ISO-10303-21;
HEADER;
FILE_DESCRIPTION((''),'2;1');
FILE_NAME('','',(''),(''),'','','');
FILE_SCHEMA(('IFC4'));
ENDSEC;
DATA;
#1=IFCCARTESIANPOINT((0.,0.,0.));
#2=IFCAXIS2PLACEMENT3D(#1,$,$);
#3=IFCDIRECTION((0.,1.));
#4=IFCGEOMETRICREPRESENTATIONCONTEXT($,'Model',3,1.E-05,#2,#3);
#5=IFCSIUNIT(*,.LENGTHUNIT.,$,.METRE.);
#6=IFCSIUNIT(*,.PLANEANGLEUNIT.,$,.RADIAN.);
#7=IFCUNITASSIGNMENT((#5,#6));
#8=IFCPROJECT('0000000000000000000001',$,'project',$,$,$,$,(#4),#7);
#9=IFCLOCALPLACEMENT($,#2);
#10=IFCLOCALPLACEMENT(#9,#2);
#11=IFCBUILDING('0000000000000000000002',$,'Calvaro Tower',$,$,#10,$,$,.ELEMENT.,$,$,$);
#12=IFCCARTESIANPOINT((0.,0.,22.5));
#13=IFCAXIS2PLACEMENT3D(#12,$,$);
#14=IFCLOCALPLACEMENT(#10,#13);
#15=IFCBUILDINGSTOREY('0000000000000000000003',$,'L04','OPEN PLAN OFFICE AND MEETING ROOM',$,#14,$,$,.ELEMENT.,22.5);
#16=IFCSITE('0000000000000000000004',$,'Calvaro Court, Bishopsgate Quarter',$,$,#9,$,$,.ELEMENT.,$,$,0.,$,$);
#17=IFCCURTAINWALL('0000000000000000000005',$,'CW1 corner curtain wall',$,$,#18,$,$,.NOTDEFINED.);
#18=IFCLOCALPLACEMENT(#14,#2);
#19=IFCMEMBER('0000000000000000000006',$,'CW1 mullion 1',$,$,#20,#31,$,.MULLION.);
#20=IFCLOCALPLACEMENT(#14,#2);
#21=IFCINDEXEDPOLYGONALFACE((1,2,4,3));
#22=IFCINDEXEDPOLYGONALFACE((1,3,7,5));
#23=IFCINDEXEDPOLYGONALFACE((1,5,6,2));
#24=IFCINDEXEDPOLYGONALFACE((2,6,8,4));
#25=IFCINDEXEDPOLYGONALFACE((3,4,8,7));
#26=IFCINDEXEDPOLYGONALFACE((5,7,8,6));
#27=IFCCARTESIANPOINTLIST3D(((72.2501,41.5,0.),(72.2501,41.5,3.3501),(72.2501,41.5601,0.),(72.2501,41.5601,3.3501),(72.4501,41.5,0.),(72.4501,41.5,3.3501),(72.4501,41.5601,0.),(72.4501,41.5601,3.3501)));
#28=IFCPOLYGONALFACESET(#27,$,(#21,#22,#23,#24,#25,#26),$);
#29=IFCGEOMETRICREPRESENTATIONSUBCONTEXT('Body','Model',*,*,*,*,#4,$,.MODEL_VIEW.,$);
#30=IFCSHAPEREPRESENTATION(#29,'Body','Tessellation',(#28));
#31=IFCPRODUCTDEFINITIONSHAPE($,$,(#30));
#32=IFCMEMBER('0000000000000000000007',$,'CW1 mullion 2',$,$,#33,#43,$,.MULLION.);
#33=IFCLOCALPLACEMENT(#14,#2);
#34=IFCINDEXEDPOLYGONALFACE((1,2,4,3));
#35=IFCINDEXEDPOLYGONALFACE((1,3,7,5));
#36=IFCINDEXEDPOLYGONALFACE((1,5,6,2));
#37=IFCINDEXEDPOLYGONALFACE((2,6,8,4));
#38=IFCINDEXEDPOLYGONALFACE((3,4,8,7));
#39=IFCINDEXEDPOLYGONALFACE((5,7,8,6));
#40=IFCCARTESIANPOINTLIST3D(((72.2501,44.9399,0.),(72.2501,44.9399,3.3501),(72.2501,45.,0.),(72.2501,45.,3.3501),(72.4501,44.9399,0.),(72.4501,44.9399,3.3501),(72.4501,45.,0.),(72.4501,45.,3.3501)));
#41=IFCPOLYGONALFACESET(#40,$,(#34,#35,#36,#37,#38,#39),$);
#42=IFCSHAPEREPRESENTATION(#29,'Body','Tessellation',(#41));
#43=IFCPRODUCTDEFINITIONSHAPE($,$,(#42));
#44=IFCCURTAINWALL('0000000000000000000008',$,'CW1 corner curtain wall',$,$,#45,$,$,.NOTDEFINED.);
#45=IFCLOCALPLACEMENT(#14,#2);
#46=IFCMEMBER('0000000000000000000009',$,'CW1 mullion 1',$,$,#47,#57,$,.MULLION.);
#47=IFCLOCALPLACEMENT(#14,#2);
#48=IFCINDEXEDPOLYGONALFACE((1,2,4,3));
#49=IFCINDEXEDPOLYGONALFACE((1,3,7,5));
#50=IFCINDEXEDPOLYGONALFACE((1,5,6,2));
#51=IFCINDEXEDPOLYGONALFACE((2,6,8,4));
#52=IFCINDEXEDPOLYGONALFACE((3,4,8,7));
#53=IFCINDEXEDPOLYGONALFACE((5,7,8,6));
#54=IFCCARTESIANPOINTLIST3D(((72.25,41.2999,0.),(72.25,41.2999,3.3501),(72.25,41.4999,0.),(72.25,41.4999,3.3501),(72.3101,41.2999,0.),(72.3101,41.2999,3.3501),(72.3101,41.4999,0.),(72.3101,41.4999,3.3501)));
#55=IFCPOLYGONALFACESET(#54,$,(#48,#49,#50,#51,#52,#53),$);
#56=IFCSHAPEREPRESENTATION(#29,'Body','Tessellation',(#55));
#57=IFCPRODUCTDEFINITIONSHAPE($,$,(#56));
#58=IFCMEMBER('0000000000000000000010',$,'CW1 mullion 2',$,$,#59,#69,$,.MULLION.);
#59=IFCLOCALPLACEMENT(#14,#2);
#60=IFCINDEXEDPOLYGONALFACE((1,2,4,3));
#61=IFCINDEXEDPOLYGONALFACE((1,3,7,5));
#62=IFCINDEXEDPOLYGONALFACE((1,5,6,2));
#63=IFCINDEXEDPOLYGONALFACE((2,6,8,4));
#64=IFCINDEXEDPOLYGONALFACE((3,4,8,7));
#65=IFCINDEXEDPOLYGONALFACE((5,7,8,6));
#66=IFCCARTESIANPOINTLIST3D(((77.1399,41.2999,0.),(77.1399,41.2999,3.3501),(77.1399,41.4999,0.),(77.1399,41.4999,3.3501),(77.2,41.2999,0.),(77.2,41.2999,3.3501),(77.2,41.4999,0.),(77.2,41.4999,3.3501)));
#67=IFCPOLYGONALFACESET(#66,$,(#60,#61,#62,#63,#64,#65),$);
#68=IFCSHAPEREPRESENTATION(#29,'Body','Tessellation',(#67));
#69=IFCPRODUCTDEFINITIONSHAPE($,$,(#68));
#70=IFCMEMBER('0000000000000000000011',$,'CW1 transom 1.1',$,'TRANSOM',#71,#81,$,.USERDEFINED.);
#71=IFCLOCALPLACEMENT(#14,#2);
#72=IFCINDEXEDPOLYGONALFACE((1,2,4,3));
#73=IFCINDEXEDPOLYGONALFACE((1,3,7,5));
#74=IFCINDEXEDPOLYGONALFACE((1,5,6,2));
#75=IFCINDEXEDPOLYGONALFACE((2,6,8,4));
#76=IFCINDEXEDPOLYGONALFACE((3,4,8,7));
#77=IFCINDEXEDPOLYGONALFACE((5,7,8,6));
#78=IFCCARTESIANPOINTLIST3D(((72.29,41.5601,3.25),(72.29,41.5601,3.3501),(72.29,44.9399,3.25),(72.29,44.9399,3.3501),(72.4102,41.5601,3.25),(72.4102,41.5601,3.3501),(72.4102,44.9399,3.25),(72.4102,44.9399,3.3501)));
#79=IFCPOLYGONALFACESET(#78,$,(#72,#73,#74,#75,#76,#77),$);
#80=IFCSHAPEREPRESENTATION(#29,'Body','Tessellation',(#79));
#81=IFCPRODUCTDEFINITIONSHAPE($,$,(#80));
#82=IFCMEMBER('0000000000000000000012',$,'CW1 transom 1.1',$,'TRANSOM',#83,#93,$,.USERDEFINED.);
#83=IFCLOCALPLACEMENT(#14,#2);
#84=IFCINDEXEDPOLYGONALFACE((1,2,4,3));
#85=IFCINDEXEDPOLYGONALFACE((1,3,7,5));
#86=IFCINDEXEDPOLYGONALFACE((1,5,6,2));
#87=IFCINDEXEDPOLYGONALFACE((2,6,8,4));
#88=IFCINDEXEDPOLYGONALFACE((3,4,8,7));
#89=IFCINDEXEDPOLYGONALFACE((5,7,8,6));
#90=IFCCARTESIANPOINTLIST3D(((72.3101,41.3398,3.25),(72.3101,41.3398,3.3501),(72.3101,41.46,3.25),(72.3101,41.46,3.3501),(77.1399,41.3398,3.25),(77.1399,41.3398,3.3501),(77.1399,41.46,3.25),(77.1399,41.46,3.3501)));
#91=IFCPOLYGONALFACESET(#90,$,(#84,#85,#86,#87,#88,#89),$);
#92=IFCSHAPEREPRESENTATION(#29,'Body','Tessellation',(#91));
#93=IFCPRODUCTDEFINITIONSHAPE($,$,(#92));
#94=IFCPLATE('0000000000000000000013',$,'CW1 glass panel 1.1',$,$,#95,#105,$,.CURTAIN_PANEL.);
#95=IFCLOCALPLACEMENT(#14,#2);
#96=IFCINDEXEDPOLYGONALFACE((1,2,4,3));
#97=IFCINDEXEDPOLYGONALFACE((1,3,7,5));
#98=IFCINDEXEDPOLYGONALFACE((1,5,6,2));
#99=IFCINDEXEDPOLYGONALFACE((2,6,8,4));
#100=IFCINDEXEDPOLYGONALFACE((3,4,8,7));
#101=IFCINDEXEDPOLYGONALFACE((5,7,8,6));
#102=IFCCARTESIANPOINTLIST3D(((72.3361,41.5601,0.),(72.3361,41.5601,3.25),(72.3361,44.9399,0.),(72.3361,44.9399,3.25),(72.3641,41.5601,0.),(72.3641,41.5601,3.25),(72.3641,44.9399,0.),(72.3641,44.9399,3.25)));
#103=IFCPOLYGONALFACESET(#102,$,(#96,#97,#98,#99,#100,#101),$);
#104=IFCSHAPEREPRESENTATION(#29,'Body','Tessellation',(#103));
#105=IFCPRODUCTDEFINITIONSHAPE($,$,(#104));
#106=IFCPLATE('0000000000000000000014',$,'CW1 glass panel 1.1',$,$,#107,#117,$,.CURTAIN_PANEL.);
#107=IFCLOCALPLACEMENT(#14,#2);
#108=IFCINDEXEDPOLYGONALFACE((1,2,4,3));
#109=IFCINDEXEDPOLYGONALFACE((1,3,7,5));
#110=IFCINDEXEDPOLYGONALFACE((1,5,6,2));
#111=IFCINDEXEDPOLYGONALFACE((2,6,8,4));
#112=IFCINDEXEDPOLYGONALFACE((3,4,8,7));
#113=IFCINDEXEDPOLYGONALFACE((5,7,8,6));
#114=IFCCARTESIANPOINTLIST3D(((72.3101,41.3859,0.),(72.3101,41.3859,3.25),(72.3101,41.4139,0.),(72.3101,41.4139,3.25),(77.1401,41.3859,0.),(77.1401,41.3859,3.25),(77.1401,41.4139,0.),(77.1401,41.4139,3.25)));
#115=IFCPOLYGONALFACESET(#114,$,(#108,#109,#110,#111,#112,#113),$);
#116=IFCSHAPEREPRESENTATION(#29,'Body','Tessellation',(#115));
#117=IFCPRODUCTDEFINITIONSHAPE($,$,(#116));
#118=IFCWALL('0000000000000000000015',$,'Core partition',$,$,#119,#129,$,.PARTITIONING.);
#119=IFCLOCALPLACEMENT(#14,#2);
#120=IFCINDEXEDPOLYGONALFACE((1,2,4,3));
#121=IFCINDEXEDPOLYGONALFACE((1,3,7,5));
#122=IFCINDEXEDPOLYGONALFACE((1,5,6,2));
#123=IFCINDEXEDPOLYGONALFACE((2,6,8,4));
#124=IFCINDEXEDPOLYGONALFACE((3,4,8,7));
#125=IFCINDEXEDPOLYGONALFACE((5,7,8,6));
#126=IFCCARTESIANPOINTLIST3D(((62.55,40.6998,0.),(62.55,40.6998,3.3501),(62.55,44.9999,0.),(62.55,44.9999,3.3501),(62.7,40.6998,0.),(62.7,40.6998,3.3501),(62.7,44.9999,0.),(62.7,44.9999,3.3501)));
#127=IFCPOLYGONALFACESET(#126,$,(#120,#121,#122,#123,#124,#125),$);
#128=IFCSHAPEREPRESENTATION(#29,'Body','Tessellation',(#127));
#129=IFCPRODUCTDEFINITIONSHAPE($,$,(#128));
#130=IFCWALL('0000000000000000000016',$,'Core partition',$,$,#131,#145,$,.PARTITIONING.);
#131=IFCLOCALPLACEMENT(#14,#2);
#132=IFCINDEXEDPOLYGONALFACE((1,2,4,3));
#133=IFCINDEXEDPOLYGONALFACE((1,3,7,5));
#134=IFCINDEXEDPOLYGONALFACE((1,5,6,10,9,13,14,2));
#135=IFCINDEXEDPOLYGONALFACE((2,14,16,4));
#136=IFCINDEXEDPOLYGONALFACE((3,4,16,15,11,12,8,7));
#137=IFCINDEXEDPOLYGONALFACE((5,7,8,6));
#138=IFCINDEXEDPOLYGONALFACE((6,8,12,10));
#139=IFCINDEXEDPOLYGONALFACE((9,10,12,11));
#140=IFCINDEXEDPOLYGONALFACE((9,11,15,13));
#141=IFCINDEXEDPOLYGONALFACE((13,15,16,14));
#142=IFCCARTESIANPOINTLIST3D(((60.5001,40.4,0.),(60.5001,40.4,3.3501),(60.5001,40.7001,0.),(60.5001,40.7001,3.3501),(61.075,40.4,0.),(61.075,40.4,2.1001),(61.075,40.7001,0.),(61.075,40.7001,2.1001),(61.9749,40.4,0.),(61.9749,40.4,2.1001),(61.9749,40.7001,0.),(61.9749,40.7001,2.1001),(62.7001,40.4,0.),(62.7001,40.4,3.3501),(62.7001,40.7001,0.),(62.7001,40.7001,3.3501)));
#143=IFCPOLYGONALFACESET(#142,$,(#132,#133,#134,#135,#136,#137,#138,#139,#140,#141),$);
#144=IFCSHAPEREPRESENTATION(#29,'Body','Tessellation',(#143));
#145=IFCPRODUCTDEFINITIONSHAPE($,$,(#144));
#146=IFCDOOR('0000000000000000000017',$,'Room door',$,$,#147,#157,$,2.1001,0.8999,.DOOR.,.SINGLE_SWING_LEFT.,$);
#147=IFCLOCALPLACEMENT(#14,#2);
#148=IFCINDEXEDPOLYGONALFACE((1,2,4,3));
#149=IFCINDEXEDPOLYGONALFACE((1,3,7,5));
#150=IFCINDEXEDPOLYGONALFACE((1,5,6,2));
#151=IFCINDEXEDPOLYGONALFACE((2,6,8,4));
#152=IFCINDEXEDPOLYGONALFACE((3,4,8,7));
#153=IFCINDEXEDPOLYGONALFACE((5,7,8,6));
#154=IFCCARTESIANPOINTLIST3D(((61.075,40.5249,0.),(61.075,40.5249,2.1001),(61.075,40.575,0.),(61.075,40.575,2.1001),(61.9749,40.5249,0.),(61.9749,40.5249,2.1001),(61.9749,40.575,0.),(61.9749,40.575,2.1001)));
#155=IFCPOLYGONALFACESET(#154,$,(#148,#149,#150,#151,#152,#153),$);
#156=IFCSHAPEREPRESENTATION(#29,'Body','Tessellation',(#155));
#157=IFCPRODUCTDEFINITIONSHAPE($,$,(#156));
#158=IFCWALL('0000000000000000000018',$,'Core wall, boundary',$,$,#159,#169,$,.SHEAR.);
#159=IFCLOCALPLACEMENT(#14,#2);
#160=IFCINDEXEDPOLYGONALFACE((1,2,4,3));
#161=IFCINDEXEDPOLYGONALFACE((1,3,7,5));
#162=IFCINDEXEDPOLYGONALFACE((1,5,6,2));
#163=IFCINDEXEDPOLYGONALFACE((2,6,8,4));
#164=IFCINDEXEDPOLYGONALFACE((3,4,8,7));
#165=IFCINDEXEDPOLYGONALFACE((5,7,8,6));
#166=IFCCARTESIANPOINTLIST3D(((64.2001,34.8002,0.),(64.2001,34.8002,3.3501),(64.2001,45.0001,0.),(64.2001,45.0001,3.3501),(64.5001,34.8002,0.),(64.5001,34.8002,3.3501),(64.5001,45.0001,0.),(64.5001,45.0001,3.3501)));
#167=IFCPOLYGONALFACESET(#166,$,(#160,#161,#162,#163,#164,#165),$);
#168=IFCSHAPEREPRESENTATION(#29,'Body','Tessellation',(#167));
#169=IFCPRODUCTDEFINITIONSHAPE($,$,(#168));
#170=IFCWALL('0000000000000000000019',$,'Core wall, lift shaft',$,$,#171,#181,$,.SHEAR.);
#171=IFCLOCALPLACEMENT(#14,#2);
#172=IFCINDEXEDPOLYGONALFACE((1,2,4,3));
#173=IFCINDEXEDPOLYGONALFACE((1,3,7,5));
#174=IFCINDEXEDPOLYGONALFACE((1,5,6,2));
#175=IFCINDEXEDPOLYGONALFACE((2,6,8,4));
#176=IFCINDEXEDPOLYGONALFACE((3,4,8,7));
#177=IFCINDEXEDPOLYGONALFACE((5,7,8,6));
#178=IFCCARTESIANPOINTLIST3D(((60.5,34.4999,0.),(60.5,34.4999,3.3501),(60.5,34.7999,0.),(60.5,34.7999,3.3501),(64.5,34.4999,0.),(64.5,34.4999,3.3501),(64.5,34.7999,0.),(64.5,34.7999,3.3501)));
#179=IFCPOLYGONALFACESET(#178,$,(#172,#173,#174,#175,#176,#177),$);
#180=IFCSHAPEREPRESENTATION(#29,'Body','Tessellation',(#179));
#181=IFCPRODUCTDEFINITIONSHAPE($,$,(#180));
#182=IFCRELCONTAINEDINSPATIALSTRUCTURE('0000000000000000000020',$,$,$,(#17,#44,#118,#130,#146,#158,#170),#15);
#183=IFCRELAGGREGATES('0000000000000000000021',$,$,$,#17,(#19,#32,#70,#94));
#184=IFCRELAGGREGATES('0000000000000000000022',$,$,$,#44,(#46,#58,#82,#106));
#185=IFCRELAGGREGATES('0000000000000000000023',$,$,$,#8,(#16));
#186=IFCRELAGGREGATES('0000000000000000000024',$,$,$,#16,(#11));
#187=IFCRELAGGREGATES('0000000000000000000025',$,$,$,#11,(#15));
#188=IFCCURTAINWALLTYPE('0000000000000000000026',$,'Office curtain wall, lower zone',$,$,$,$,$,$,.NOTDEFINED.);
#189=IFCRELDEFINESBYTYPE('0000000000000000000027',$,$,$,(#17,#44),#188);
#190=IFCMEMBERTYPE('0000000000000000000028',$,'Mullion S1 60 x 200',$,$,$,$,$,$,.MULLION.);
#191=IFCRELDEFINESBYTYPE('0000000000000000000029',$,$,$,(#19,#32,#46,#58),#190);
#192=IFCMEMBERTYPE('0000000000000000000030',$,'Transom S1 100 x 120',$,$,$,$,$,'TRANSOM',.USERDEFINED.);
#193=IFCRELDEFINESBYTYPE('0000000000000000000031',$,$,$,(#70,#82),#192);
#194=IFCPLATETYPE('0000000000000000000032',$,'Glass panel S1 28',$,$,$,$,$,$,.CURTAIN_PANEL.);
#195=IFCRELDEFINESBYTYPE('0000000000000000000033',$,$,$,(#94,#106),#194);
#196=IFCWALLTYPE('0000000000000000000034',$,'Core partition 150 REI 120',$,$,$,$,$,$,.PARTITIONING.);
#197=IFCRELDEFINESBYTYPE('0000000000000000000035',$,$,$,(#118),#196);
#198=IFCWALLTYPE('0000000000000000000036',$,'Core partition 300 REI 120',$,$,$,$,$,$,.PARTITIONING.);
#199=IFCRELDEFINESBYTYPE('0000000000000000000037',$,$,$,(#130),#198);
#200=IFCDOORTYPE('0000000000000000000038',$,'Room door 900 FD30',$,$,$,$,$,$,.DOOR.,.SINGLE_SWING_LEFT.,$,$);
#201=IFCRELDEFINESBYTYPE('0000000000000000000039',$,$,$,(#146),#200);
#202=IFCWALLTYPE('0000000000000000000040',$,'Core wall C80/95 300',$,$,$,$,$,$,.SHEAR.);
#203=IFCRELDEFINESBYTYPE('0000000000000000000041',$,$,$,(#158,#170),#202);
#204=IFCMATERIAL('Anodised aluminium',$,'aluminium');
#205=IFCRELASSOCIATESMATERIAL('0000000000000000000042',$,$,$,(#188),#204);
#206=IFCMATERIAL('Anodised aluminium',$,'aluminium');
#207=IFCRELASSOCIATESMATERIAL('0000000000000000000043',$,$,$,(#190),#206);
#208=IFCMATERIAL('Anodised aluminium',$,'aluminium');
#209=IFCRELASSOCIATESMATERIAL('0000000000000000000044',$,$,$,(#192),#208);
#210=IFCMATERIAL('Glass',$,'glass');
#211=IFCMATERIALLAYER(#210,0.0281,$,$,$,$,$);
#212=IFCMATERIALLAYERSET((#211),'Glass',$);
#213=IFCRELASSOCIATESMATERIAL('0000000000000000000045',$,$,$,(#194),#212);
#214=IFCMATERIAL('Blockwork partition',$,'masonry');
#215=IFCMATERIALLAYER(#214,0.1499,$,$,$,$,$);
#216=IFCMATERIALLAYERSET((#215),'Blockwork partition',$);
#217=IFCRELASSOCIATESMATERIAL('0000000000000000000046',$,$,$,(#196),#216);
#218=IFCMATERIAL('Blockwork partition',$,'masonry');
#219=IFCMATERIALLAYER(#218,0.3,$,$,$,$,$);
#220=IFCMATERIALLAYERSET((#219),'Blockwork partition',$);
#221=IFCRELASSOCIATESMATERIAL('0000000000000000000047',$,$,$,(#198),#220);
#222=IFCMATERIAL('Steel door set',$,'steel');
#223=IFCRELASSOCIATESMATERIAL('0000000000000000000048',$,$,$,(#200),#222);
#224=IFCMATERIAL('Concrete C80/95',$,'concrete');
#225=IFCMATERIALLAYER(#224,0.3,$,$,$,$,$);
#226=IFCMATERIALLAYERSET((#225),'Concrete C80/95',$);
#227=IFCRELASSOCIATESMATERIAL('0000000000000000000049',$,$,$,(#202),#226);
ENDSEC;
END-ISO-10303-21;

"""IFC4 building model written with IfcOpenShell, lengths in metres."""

from ifc_helpers import new_model, si_unit, direction, frame, frame_2d, origin, origin_2d, place, context, subcontext, project, spatial, rectangle, extrude, material, layer, layer_set, material_profile, profile_set, type_object, element, fill, aggregate, save


model = new_model("IFC4")

# Units and contexts
model_context = context("Model", 3, precision=1e-05, world=origin(), true_north=direction((0.0, 1.0)))
body_context = subcontext(model_context, "Body", "Model", "MODEL_VIEW")
ifc_project = project(units=[si_unit("LENGTHUNIT", "METRE"), si_unit("PLANEANGLEUNIT", "RADIAN")], contexts=[model_context])

# Site, building, storey
site_placement = place(None, origin())
site = spatial("IfcSite", under=ifc_project, at=site_placement, Name="Calvaro Court, Bishopsgate Quarter", CompositionType="ELEMENT", RefElevation=0.0)
building_placement = place(site_placement, origin())
building = spatial("IfcBuilding", under=site, at=building_placement, Name="Calvaro Tower", CompositionType="ELEMENT")
storey_placement = place(building_placement, frame((0.0, 0.0, 22.5)))
storey = spatial("IfcBuildingStorey", under=building, at=storey_placement, Name="L04", Description="OPEN PLAN OFFICE AND MEETING ROOM", CompositionType="ELEMENT", Elevation=22.5)

# Curtain walls, members
ifc_material_1 = material(Name="Anodised aluminium", Category="aluminium")
curtain_wall_type = type_object("IfcCurtainWallType", Name="Office curtain wall, lower zone", PredefinedType="NOTDEFINED", material=ifc_material_1)
curtain_wall_1_placement = place(storey_placement, origin())
curtain_wall_1 = element("IfcCurtainWall", 1, at=curtain_wall_1_placement, inside=storey, type_object=curtain_wall_type, Name="CW1 corner curtain wall", PredefinedType="NOTDEFINED")
ifc_material_2 = material(Name="Anodised aluminium", Category="aluminium")
ifc_material_profile_1 = material_profile(ifc_material_2, rectangle(XDim=0.2, YDim=0.0601, at=origin_2d()), Name="Mullion S1 60 x 200")
ifc_profile_set_1 = profile_set([ifc_material_profile_1], Name="Anodised aluminium")
member_type_1 = type_object("IfcMemberType", Name="Mullion S1 60 x 200", PredefinedType="MULLION", material=ifc_profile_set_1)
member_1_placement = place(storey_placement, frame((72.3501, 41.53, 0.0), z_axis=(0.0, 0.0, 1.0), x_axis=(-1.0, 0.0, 0.0)))
member_1 = element("IfcMember", 2, at=member_1_placement, type_object=member_type_1, Name="CW1 mullion 1", PredefinedType="MULLION", context=body_context, shape_type="SweptSolid", body=[
    extrude(rectangle(XDim=0.2, YDim=0.0601, at=origin_2d()), origin(), (0.0, 0.0, 1.0), 3.3501),
])
member_2_placement = place(storey_placement, frame((72.3501, 44.97, 0.0), z_axis=(0.0, 0.0, 1.0), x_axis=(-1.0, 0.0, 0.0)))
member_2 = element("IfcMember", 3, at=member_2_placement, type_object=member_type_1, Name="CW1 mullion 2", PredefinedType="MULLION", context=body_context, shape_type="SweptSolid", body=[
    extrude(rectangle(XDim=0.2, YDim=0.0601, at=origin_2d()), origin(), (0.0, 0.0, 1.0), 3.3501),
])
curtain_wall_2_placement = place(storey_placement, origin())
curtain_wall_2 = element("IfcCurtainWall", 4, at=curtain_wall_2_placement, inside=storey, type_object=curtain_wall_type, Name="CW1 corner curtain wall", PredefinedType="NOTDEFINED")
member_3_placement = place(storey_placement, frame((72.28, 41.3999, 0.0), z_axis=(0.0, 0.0, 1.0), x_axis=(0.0, 1.0, 0.0)))
member_3 = element("IfcMember", 5, at=member_3_placement, type_object=member_type_1, Name="CW1 mullion 1", PredefinedType="MULLION", context=body_context, shape_type="SweptSolid", body=[
    extrude(rectangle(XDim=0.2, YDim=0.0601, at=origin_2d()), origin(), (0.0, 0.0, 1.0), 3.3501),
])
member_4_placement = place(storey_placement, frame((77.1699, 41.3999, 0.0), z_axis=(0.0, 0.0, 1.0), x_axis=(0.0, 1.0, 0.0)))
member_4 = element("IfcMember", 6, at=member_4_placement, type_object=member_type_1, Name="CW1 mullion 2", PredefinedType="MULLION", context=body_context, shape_type="SweptSolid", body=[
    extrude(rectangle(XDim=0.2, YDim=0.0601, at=origin_2d()), origin(), (0.0, 0.0, 1.0), 3.3501),
])

# Members
ifc_material_3 = material(Name="Anodised aluminium", Category="aluminium")
ifc_material_profile_2 = material_profile(ifc_material_3, rectangle(XDim=0.1201, YDim=0.1001, at=origin_2d()), Name="Transom S1 100 x 120")
ifc_profile_set_2 = profile_set([ifc_material_profile_2], Name="Anodised aluminium")
member_type_2 = type_object("IfcMemberType", Name="Transom S1 100 x 120", ElementType="TRANSOM", PredefinedType="USERDEFINED", material=ifc_profile_set_2)
member_5_placement = place(storey_placement, frame((72.3501, 41.5601, 3.3), z_axis=(0.0, 1.0, 0.0), x_axis=(-1.0, 0.0, 0.0)))
member_5 = element("IfcMember", 7, at=member_5_placement, type_object=member_type_2, Name="CW1 transom 1.1", ObjectType="TRANSOM", PredefinedType="USERDEFINED", context=body_context, shape_type="SweptSolid", body=[
    extrude(rectangle(XDim=0.1201, YDim=0.1001, at=origin_2d()), origin(), (0.0, 0.0, 1.0), 3.3799),
])
member_6_placement = place(storey_placement, frame((72.3101, 41.3999, 3.3), z_axis=(1.0, 0.0, 0.0), x_axis=(0.0, 1.0, 0.0)))
member_6 = element("IfcMember", 8, at=member_6_placement, type_object=member_type_2, Name="CW1 transom 1.1", ObjectType="TRANSOM", PredefinedType="USERDEFINED", context=body_context, shape_type="SweptSolid", body=[
    extrude(rectangle(XDim=0.1201, YDim=0.1001, at=origin_2d()), origin(), (0.0, 0.0, 1.0), 4.8298),
])

# Plates
ifc_material_4 = material(Name="Glass", Category="glass")
ifc_layer_1 = layer(ifc_material_4, 0.0281)
ifc_layer_set_1 = layer_set([ifc_layer_1], Name="Glass")
plate_type = type_object("IfcPlateType", Name="Glass panel S1 28", PredefinedType="CURTAIN_PANEL", material=ifc_layer_set_1)
plate_1_placement = place(storey_placement, frame((72.3501, 43.25, 0.0), z_axis=(0.0, 0.0, 1.0), x_axis=(0.0, 1.0, 0.0)))
plate_1 = element("IfcPlate", 9, at=plate_1_placement, type_object=plate_type, Name="CW1 glass panel 1.1", PredefinedType="CURTAIN_PANEL", context=body_context, shape_type="SweptSolid", body=[
    extrude(rectangle(XDim=3.3799, YDim=0.0281, at=origin_2d()), origin(), (0.0, 0.0, 1.0), 3.25),
])
aggregate(curtain_wall_1, [member_1, member_2, member_5, plate_1])
plate_2_placement = place(storey_placement, frame((74.7251, 41.3999, 0.0), z_axis=(0.0, 0.0, 1.0), x_axis=(1.0, 0.0, 0.0)))
plate_2 = element("IfcPlate", 10, at=plate_2_placement, type_object=plate_type, Name="CW1 glass panel 1.1", PredefinedType="CURTAIN_PANEL", context=body_context, shape_type="SweptSolid", body=[
    extrude(rectangle(XDim=4.8301, YDim=0.0281, at=origin_2d()), origin(), (0.0, 0.0, 1.0), 3.25),
])
aggregate(curtain_wall_2, [member_3, member_4, member_6, plate_2])

# Wall
ifc_material_5 = material(Name="Blockwork partition", Category="masonry")
ifc_layer_2 = layer(ifc_material_5, 0.1499)
ifc_layer_set_2 = layer_set([ifc_layer_2], Name="Blockwork partition")
wall_type_1 = type_object("IfcWallType", Name="Core partition 150 REI 120", PredefinedType="PARTITIONING", material=ifc_layer_set_2)
wall_1_placement = place(storey_placement, frame((62.625, 40.7, 0.0), z_axis=(0.0, 0.0, 1.0), x_axis=(0.0, 1.0, 0.0)))
element("IfcWall", 11, at=wall_1_placement, inside=storey, type_object=wall_type_1, Name="Core partition", PredefinedType="PARTITIONING", context=body_context, shape_type="SweptSolid", body=[
    extrude(rectangle(XDim=4.3, YDim=0.1499, at=frame_2d((2.1499, 0.0))), origin(), (0.0, 0.0, 1.0), 3.3501),
])

# Wall, opening, door
ifc_material_6 = material(Name="Blockwork partition", Category="masonry")
ifc_layer_3 = layer(ifc_material_6, 0.3)
ifc_layer_set_3 = layer_set([ifc_layer_3], Name="Blockwork partition")
wall_type_2 = type_object("IfcWallType", Name="Core partition 300 REI 120", PredefinedType="PARTITIONING", material=ifc_layer_set_3)
wall_2_placement = place(storey_placement, frame((60.5, 40.55, 0.0), z_axis=(0.0, 0.0, 1.0), x_axis=(1.0, 0.0, 0.0)))
wall_2 = element("IfcWall", 12, at=wall_2_placement, inside=storey, type_object=wall_type_2, Name="Core partition", PredefinedType="PARTITIONING", context=body_context, shape_type="SweptSolid", body=[
    extrude(rectangle(XDim=2.2, YDim=0.3, at=frame_2d((1.1001, 0.0))), origin(), (0.0, 0.0, 1.0), 3.3501),
])
opening_1_placement = place(wall_2_placement, frame((0.575, 0.0, 0.0)))
opening_1 = element("IfcOpeningElement", 13, at=opening_1_placement, cuts=wall_2, PredefinedType="OPENING", context=body_context, shape_type="SweptSolid", body=[
    extrude(rectangle(XDim=0.8999, YDim=2.1001, at=frame_2d((0.45, 1.05))), frame((0.0, 0.1599, 0.0), z_axis=(0.0, -1.0, 0.0), x_axis=(1.0, 0.0, 0.0)), (0.0, 0.0, 1.0), 0.3201),
])
ifc_material_7 = material(Name="Steel door set", Category="steel")
door_type_1 = type_object("IfcDoorType", Name="Room door 900 FD30", OperationType="SINGLE_SWING_LEFT", PredefinedType="DOOR", material=ifc_material_7)
door_1_placement = place(opening_1_placement, origin())
door_1 = element("IfcDoor", 14, at=door_1_placement, inside=storey, type_object=door_type_1, Name="Room door", OperationType="SINGLE_SWING_LEFT", OverallHeight=2.1001, OverallWidth=0.8999, PredefinedType="DOOR", context=body_context, shape_type="SweptSolid", body=[
    extrude(rectangle(XDim=0.8999, YDim=2.1001, at=frame_2d((0.45, 1.05))), frame((0.0, 0.0249, 0.0), z_axis=(0.0, -1.0, 0.0), x_axis=(1.0, 0.0, 0.0)), (0.0, 0.0, 1.0), 0.05),
])
fill(opening_1, door_1)

# Walls
ifc_material_8 = material(Name="Concrete C80/95", Category="concrete")
ifc_layer_4 = layer(ifc_material_8, 0.3)
ifc_layer_set_4 = layer_set([ifc_layer_4], Name="Concrete C80/95")
wall_type_3 = type_object("IfcWallType", Name="Core wall C80/95 300", PredefinedType="SHEAR", material=ifc_layer_set_4)
wall_3_placement = place(storey_placement, frame((64.3501, 34.8, 0.0), z_axis=(0.0, 0.0, 1.0), x_axis=(0.0, 1.0, 0.0)))
element("IfcWall", 15, at=wall_3_placement, inside=storey, type_object=wall_type_3, Name="Core wall, boundary", PredefinedType="SHEAR", context=body_context, shape_type="SweptSolid", body=[
    extrude(rectangle(XDim=10.2, YDim=0.3, at=frame_2d((5.1001, 0.0))), origin(), (0.0, 0.0, 1.0), 3.3501),
])
wall_4_placement = place(storey_placement, frame((60.5, 34.6499, 0.0), z_axis=(0.0, 0.0, 1.0), x_axis=(1.0, 0.0, 0.0)))
element("IfcWall", 16, at=wall_4_placement, inside=storey, type_object=wall_type_3, Name="Core wall, lift shaft", PredefinedType="SHEAR", context=body_context, shape_type="SweptSolid", body=[
    extrude(rectangle(XDim=4.0, YDim=0.3, at=frame_2d((2.0, 0.0))), origin(), (0.0, 0.0, 1.0), 3.3501),
])

save(model, "model.ifc")
